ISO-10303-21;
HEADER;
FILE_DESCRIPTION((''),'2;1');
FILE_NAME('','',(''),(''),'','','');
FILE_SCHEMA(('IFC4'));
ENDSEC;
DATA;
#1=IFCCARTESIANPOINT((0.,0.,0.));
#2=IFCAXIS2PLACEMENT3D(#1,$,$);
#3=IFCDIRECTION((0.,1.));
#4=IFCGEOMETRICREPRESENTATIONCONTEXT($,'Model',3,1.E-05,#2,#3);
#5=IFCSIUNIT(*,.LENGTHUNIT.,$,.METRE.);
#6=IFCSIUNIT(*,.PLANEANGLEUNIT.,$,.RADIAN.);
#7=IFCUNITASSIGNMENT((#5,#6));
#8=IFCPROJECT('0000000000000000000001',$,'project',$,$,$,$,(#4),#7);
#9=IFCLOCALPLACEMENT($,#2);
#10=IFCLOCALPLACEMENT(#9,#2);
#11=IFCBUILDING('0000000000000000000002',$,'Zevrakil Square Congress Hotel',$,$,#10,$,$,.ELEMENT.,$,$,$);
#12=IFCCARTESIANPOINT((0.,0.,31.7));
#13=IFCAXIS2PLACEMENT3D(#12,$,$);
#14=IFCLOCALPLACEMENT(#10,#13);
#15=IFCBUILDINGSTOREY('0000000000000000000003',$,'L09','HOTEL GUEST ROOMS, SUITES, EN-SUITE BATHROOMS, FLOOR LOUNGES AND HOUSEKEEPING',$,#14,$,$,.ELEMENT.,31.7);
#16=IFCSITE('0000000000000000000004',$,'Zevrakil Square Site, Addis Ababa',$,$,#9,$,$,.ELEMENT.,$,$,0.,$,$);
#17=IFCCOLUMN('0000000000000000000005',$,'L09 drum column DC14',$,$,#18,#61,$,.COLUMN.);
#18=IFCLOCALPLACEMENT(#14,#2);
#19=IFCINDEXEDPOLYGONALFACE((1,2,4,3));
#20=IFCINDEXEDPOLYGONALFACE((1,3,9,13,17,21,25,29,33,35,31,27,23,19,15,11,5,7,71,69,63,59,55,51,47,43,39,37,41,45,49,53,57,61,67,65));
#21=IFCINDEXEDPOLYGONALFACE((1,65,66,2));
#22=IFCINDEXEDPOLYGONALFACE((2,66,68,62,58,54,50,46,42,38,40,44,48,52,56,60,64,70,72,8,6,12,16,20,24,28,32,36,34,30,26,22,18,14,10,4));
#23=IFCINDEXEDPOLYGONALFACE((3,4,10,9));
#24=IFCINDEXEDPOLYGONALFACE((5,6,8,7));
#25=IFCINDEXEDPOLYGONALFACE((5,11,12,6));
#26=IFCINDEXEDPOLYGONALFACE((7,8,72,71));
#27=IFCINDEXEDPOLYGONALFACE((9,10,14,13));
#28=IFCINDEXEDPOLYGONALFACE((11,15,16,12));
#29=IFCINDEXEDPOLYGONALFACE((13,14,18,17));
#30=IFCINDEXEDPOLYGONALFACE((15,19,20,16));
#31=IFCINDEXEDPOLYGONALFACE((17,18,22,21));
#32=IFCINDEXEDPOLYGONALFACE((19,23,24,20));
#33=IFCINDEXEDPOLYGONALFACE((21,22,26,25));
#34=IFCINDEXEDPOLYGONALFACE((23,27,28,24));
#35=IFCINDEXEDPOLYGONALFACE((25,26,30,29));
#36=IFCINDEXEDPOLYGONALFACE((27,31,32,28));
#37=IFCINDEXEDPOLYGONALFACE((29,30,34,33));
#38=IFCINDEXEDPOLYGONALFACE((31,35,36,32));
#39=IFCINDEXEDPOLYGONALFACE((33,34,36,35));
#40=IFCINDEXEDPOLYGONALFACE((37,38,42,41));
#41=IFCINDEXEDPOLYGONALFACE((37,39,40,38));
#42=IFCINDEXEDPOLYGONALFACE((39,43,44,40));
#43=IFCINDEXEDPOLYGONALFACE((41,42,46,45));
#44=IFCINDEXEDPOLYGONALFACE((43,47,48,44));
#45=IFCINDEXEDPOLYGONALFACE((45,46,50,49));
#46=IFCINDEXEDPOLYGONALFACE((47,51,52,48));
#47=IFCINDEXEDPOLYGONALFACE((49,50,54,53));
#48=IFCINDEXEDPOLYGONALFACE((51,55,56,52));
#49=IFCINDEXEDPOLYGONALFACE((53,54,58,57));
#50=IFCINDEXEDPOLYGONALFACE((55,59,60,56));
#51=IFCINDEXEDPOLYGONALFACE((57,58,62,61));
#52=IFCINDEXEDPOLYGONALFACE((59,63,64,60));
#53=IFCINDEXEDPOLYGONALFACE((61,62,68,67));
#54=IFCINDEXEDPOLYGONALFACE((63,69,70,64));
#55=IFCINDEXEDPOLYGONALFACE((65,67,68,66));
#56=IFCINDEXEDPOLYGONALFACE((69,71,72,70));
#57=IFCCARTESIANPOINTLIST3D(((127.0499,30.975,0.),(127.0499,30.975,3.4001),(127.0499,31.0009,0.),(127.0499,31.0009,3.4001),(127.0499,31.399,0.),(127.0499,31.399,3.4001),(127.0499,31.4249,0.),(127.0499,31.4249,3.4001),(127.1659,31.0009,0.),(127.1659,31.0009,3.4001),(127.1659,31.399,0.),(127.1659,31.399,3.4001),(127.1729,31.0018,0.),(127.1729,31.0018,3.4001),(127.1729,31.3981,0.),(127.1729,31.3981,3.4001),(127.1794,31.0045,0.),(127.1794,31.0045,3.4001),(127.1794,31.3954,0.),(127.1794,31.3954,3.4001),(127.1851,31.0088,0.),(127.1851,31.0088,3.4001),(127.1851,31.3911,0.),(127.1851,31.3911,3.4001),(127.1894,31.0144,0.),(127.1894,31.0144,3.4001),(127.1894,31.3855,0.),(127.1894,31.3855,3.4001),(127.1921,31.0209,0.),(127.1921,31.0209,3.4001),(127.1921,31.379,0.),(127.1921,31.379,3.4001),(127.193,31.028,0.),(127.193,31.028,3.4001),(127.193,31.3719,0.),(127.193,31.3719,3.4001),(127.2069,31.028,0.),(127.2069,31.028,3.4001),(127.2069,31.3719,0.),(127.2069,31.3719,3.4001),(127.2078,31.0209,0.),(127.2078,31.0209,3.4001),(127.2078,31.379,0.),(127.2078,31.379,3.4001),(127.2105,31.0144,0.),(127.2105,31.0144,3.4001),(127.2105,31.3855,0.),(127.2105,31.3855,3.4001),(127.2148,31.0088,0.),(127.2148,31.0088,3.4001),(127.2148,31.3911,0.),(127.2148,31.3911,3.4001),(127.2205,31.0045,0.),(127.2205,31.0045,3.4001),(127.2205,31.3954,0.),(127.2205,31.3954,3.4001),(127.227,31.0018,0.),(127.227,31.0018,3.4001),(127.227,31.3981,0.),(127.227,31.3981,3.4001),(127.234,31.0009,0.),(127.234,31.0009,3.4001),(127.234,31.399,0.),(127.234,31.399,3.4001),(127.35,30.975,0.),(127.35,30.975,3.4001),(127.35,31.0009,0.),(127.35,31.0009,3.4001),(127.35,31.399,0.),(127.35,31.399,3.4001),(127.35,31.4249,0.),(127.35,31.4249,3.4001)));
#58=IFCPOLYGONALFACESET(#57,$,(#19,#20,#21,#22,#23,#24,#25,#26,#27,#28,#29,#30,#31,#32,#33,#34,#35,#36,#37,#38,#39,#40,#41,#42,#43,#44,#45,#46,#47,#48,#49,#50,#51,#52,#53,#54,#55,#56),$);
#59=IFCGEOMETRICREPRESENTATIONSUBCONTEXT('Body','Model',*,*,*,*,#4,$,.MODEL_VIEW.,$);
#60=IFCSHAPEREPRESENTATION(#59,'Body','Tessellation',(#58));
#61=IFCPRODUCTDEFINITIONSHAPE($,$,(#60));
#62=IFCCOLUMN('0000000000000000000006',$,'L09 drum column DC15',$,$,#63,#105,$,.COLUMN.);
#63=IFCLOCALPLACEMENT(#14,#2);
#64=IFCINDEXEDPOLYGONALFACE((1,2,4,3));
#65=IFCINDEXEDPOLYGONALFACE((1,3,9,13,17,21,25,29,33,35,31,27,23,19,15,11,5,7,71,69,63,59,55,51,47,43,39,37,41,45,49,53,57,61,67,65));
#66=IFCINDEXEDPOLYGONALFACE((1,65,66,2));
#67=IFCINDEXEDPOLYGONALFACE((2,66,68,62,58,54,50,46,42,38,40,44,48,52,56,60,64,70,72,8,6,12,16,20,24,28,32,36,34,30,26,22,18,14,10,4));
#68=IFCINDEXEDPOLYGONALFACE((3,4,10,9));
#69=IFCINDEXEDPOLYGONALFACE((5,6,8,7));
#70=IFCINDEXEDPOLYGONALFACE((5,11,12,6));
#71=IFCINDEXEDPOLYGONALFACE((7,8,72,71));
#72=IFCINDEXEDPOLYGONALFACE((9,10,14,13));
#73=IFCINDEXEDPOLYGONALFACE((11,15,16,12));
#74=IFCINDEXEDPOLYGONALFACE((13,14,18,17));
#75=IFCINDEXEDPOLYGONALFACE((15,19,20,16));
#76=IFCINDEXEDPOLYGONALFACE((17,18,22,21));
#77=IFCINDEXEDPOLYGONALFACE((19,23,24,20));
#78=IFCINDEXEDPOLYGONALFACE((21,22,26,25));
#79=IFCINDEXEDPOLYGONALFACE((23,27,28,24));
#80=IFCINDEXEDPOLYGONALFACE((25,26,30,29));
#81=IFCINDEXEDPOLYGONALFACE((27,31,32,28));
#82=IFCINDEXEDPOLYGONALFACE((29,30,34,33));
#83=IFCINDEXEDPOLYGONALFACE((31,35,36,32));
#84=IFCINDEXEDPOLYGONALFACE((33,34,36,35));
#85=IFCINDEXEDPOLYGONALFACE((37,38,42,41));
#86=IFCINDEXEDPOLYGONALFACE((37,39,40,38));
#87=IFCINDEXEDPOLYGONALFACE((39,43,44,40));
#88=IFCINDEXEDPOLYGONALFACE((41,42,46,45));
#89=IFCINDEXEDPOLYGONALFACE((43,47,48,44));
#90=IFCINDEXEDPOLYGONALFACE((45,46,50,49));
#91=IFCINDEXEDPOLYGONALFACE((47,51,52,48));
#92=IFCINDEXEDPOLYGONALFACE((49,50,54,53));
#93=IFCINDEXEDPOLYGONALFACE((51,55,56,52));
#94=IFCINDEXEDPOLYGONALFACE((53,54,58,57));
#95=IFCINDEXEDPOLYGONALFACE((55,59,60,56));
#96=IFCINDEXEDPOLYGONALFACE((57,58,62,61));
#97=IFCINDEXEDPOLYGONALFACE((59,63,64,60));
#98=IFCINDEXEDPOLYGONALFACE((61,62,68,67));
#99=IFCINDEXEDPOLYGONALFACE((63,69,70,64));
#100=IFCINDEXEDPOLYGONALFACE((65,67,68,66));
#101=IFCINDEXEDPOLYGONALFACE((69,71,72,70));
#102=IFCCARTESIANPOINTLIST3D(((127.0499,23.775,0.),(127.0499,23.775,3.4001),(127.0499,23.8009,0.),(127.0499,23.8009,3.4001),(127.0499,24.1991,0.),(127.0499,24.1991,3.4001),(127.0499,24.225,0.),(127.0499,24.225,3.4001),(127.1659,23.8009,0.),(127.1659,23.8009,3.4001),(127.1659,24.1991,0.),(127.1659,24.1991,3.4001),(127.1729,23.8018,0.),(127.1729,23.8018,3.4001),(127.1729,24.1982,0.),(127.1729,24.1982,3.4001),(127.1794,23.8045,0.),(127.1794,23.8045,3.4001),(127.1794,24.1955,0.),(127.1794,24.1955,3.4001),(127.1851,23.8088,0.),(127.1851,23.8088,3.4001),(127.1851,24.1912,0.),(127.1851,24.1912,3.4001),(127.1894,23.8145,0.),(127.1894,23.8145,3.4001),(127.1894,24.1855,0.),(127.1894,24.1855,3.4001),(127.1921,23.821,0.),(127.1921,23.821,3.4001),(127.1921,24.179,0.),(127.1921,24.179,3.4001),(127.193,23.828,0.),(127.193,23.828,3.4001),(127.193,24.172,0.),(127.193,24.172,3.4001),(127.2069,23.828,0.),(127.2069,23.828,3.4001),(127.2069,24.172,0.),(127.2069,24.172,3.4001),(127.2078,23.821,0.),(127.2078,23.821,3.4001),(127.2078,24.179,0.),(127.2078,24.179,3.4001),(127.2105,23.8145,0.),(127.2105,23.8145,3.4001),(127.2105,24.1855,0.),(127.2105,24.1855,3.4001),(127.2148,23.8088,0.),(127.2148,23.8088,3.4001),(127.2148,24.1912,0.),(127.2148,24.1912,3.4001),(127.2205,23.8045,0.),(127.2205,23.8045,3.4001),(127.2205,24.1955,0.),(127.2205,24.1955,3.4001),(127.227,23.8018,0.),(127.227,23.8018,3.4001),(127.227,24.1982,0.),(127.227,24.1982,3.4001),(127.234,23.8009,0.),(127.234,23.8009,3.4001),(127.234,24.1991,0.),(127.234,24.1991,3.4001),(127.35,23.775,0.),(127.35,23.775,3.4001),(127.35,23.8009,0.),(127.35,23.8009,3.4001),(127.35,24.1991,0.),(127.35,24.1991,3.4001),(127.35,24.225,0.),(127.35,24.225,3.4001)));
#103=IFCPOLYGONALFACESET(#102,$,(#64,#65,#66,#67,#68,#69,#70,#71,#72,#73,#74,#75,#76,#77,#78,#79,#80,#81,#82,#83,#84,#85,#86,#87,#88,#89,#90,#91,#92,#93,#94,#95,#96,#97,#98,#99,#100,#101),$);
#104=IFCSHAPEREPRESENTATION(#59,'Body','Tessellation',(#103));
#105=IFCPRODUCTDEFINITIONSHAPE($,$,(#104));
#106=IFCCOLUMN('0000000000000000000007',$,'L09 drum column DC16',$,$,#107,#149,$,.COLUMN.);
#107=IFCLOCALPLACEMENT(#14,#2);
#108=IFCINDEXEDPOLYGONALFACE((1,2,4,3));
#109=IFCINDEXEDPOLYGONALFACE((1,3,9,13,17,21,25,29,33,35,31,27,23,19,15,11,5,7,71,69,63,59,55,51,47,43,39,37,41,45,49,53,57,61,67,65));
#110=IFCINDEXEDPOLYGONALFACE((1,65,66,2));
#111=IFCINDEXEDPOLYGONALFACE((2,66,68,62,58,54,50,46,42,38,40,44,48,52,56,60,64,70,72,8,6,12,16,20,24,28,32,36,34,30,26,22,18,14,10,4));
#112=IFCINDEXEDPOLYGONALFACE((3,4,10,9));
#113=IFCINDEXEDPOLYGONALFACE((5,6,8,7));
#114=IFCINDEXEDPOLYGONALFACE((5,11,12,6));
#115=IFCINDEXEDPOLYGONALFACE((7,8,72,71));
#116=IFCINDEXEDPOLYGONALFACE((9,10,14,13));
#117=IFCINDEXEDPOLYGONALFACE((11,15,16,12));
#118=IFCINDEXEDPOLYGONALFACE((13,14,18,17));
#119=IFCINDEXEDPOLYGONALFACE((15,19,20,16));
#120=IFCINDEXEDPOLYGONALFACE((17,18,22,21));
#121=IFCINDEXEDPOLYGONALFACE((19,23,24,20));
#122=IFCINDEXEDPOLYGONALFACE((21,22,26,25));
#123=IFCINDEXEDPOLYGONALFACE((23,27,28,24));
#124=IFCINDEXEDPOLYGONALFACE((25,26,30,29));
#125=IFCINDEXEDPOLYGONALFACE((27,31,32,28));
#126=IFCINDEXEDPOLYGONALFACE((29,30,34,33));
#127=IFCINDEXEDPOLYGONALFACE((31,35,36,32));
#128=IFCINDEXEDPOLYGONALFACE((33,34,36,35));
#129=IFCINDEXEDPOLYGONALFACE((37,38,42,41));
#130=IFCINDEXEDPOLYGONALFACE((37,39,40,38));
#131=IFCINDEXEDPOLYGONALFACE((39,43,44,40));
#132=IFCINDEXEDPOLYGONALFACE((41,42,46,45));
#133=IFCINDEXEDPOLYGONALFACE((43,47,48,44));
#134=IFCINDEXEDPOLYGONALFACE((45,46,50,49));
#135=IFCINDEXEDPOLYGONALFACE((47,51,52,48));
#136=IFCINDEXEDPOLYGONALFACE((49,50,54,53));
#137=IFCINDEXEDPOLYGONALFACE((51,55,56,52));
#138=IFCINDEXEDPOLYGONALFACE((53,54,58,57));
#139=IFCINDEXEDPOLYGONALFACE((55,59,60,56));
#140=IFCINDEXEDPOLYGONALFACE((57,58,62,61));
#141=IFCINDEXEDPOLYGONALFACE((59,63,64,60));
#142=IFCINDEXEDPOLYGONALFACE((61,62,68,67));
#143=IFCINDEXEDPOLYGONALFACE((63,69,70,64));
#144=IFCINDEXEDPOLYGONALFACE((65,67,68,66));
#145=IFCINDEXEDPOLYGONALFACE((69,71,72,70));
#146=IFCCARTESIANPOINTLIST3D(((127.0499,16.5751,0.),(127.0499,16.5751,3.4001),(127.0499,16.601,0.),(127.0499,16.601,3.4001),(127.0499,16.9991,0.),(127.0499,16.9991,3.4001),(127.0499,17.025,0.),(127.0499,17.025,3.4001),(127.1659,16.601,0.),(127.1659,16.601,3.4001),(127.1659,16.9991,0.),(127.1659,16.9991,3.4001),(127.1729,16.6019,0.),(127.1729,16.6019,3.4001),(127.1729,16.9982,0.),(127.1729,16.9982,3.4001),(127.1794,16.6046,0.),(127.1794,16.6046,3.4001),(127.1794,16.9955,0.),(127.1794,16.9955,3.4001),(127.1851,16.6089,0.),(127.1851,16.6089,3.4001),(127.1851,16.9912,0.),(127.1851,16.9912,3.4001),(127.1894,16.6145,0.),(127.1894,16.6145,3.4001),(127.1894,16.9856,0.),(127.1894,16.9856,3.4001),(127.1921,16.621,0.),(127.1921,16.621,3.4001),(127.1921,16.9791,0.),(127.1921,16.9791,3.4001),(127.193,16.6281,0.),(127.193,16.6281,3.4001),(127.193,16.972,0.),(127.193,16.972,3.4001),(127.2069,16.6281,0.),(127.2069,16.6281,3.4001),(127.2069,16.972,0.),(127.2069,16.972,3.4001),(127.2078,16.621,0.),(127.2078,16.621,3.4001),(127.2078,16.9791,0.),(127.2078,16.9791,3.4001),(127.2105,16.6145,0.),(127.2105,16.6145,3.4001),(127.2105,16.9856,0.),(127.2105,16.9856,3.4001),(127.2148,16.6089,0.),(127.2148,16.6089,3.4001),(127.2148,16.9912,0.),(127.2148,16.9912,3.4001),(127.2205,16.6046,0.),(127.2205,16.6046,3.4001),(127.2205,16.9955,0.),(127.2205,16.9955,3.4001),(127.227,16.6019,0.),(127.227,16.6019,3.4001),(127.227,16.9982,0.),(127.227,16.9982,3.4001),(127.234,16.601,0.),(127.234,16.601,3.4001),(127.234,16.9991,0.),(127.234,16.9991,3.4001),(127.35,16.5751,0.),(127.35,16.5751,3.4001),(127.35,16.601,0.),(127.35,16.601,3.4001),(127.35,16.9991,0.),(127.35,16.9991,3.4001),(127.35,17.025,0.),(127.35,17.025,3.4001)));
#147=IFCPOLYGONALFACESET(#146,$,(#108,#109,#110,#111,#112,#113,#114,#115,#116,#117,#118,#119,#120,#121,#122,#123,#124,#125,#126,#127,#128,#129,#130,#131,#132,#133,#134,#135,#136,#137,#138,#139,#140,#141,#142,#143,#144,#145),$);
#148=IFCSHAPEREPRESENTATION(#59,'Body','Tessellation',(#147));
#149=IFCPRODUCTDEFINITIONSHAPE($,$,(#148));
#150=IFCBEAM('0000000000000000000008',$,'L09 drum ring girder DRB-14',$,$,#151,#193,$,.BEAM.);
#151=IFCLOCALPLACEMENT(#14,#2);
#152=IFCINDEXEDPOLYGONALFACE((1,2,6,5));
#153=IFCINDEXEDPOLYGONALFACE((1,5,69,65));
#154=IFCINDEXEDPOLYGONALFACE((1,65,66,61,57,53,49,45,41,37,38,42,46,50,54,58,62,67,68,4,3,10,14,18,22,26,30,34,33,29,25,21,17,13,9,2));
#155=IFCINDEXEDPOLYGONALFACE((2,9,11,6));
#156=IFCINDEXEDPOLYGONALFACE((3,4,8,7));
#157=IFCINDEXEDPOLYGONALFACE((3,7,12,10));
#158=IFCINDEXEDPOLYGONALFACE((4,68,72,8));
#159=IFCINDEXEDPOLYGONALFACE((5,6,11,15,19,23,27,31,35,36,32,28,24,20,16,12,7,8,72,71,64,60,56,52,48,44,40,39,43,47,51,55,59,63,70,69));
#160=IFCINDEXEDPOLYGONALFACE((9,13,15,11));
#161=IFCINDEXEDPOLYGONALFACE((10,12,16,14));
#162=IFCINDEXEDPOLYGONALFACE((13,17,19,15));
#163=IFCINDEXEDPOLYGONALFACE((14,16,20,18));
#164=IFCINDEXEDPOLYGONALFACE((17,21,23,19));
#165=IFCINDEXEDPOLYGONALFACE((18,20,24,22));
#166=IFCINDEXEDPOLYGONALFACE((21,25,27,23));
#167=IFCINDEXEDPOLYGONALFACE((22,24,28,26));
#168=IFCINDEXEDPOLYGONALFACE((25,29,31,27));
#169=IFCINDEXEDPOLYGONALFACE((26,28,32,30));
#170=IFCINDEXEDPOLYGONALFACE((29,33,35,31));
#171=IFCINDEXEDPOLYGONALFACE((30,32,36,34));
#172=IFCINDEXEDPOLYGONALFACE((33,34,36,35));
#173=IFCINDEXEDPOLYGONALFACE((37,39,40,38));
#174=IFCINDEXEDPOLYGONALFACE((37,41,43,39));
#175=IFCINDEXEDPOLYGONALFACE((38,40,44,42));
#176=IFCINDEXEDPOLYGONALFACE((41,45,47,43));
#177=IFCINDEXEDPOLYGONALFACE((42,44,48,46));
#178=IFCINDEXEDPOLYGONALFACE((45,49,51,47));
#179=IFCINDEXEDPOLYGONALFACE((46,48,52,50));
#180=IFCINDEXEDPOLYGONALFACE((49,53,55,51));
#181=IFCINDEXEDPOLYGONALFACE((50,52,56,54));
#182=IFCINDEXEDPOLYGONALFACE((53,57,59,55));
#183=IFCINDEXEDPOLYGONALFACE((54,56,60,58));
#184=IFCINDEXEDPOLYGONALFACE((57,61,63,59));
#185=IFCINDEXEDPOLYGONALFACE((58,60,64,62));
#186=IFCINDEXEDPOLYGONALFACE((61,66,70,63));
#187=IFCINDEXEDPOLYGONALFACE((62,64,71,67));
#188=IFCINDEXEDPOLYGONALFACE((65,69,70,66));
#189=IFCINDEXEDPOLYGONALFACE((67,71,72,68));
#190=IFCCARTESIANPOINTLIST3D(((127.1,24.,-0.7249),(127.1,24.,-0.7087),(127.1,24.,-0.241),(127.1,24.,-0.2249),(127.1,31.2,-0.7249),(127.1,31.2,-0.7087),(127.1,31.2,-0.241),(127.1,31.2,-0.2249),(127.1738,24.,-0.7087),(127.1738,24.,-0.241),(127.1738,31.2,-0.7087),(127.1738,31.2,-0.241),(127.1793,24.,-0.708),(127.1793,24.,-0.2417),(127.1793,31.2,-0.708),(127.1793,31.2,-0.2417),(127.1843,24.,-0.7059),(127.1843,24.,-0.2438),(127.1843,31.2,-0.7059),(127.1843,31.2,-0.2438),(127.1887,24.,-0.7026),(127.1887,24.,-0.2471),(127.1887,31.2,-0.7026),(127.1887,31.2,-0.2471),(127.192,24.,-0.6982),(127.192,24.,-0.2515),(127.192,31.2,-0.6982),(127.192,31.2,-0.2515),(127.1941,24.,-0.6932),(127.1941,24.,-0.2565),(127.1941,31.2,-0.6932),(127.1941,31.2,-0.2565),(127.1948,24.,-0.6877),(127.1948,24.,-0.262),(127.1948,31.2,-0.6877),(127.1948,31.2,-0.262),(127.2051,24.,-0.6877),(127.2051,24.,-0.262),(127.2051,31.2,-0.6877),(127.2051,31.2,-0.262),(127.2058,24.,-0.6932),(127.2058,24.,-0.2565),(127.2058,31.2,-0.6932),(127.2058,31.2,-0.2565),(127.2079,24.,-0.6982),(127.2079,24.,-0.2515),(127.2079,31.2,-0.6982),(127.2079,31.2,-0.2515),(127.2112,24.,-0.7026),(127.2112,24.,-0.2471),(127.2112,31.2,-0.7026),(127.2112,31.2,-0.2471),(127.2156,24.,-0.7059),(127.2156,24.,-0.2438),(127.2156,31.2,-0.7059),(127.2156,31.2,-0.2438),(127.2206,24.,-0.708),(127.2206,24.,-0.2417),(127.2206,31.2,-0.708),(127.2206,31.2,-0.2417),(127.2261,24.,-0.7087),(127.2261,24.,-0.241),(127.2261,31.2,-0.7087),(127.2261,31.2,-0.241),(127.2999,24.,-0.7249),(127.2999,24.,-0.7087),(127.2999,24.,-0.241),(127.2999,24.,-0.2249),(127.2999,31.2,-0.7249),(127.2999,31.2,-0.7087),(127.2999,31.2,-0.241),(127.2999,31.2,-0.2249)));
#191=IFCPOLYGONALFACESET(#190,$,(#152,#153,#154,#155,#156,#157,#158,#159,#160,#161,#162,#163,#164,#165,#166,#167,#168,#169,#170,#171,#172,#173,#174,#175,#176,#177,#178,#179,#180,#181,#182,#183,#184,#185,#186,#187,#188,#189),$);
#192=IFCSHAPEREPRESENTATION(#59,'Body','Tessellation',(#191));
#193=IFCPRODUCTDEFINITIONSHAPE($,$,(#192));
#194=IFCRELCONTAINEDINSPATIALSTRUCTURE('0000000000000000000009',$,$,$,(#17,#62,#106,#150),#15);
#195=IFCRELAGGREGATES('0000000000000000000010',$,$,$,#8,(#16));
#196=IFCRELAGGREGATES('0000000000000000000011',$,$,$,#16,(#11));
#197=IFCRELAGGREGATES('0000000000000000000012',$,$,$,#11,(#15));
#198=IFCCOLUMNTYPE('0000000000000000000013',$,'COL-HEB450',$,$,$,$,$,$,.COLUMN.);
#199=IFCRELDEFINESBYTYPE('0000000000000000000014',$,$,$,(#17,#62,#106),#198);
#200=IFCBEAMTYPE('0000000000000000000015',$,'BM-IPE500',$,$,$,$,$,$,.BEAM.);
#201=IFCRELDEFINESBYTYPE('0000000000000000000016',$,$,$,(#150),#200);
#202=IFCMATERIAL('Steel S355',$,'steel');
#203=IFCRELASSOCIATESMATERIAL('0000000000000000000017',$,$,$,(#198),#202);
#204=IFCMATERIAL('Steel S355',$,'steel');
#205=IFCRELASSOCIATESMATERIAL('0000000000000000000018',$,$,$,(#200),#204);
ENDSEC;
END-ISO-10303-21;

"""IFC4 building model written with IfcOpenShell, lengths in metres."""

from ifc_helpers import new_model, si_unit, direction, frame, origin, origin_2d, place, context, subcontext, project, spatial, i_section, extrude, material, material_profile, profile_set, type_object, element, save


model = new_model("IFC4")

# Units and contexts
model_context = context("Model", 3, precision=1e-05, world=origin(), true_north=direction((0.0, 1.0)))
body_context = subcontext(model_context, "Body", "Model", "MODEL_VIEW")
ifc_project = project(units=[si_unit("LENGTHUNIT", "METRE"), si_unit("PLANEANGLEUNIT", "RADIAN")], contexts=[model_context])

# Site, building, storey
site_placement = place(None, origin())
site = spatial("IfcSite", under=ifc_project, at=site_placement, Name="Zevrakil Square Site, Addis Ababa", CompositionType="ELEMENT", RefElevation=0.0)
building_placement = place(site_placement, origin())
building = spatial("IfcBuilding", under=site, at=building_placement, Name="Zevrakil Square Congress Hotel", CompositionType="ELEMENT")
storey_placement = place(building_placement, frame((0.0, 0.0, 31.7)))
storey = spatial("IfcBuildingStorey", under=building, at=storey_placement, Name="L09", Description="HOTEL GUEST ROOMS, SUITES, EN-SUITE BATHROOMS, FLOOR LOUNGES AND HOUSEKEEPING", CompositionType="ELEMENT", Elevation=31.7)

# Columns
ifc_material_1 = material(Name="Steel S355", Category="steel")
ifc_material_profile_1 = material_profile(ifc_material_1, i_section(OverallWidth=0.3, OverallDepth=0.45, WebThickness=0.0139, FlangeThickness=0.0259, FilletRadius=0.0271, at=origin_2d()), Name="HEB 450")
ifc_profile_set_1 = profile_set([ifc_material_profile_1], Name="Steel S355")
column_type = type_object("IfcColumnType", Name="COL-HEB450", PredefinedType="COLUMN", material=ifc_profile_set_1)
for number, where, z_axis, x_axis, name in (
    (1, (127.2, 31.2, 0.0), (0.0, 0.0, 1.0), (1.0, 0.0, 0.0), "L09 drum column DC14"),
    (2, (127.2, 24.0, 0.0), (0.0, 0.0, 1.0), (1.0, 0.0, 0.0), "L09 drum column DC15"),
    (3, (127.2, 16.8, 0.0), (0.0, 0.0, 1.0), (1.0, 0.0, 0.0), "L09 drum column DC16"),
):
    element("IfcColumn", number, at=place(storey_placement, frame(where, z_axis=z_axis, x_axis=x_axis)), inside=storey, type_object=column_type, Name=name, PredefinedType="COLUMN", context=body_context, shape_type="SweptSolid", body=[
        extrude(i_section(OverallWidth=0.3, OverallDepth=0.45, WebThickness=0.0139, FlangeThickness=0.0259, FilletRadius=0.0271, at=origin_2d()), origin(), (0.0, 0.0, 1.0), 3.4001),
    ])

# Beam
ifc_material_2 = material(Name="Steel S355", Category="steel")
ifc_material_profile_2 = material_profile(ifc_material_2, i_section(OverallWidth=0.2, OverallDepth=0.5, WebThickness=0.0103, FlangeThickness=0.0161, FilletRadius=0.021, at=origin_2d()), Name="IPE 500")
ifc_profile_set_2 = profile_set([ifc_material_profile_2], Name="Steel S355")
beam_type = type_object("IfcBeamType", Name="BM-IPE500", PredefinedType="BEAM", material=ifc_profile_set_2)
for number, where, z_axis, x_axis, name in (
    (4, (127.2, 31.2, -0.4749), (0.0, -1.0, 0.0), (1.0, 0.0, 0.0), "L09 drum ring girder DRB-14"),
):
    element("IfcBeam", number, at=place(storey_placement, frame(where, z_axis=z_axis, x_axis=x_axis)), inside=storey, type_object=beam_type, Name=name, PredefinedType="BEAM", context=body_context, shape_type="SweptSolid", body=[
        extrude(i_section(OverallWidth=0.2, OverallDepth=0.5, WebThickness=0.0103, FlangeThickness=0.0161, FilletRadius=0.021, at=origin_2d()), origin(), (0.0, 0.0, 1.0), 7.2),
    ])

save(model, "model.ifc")
